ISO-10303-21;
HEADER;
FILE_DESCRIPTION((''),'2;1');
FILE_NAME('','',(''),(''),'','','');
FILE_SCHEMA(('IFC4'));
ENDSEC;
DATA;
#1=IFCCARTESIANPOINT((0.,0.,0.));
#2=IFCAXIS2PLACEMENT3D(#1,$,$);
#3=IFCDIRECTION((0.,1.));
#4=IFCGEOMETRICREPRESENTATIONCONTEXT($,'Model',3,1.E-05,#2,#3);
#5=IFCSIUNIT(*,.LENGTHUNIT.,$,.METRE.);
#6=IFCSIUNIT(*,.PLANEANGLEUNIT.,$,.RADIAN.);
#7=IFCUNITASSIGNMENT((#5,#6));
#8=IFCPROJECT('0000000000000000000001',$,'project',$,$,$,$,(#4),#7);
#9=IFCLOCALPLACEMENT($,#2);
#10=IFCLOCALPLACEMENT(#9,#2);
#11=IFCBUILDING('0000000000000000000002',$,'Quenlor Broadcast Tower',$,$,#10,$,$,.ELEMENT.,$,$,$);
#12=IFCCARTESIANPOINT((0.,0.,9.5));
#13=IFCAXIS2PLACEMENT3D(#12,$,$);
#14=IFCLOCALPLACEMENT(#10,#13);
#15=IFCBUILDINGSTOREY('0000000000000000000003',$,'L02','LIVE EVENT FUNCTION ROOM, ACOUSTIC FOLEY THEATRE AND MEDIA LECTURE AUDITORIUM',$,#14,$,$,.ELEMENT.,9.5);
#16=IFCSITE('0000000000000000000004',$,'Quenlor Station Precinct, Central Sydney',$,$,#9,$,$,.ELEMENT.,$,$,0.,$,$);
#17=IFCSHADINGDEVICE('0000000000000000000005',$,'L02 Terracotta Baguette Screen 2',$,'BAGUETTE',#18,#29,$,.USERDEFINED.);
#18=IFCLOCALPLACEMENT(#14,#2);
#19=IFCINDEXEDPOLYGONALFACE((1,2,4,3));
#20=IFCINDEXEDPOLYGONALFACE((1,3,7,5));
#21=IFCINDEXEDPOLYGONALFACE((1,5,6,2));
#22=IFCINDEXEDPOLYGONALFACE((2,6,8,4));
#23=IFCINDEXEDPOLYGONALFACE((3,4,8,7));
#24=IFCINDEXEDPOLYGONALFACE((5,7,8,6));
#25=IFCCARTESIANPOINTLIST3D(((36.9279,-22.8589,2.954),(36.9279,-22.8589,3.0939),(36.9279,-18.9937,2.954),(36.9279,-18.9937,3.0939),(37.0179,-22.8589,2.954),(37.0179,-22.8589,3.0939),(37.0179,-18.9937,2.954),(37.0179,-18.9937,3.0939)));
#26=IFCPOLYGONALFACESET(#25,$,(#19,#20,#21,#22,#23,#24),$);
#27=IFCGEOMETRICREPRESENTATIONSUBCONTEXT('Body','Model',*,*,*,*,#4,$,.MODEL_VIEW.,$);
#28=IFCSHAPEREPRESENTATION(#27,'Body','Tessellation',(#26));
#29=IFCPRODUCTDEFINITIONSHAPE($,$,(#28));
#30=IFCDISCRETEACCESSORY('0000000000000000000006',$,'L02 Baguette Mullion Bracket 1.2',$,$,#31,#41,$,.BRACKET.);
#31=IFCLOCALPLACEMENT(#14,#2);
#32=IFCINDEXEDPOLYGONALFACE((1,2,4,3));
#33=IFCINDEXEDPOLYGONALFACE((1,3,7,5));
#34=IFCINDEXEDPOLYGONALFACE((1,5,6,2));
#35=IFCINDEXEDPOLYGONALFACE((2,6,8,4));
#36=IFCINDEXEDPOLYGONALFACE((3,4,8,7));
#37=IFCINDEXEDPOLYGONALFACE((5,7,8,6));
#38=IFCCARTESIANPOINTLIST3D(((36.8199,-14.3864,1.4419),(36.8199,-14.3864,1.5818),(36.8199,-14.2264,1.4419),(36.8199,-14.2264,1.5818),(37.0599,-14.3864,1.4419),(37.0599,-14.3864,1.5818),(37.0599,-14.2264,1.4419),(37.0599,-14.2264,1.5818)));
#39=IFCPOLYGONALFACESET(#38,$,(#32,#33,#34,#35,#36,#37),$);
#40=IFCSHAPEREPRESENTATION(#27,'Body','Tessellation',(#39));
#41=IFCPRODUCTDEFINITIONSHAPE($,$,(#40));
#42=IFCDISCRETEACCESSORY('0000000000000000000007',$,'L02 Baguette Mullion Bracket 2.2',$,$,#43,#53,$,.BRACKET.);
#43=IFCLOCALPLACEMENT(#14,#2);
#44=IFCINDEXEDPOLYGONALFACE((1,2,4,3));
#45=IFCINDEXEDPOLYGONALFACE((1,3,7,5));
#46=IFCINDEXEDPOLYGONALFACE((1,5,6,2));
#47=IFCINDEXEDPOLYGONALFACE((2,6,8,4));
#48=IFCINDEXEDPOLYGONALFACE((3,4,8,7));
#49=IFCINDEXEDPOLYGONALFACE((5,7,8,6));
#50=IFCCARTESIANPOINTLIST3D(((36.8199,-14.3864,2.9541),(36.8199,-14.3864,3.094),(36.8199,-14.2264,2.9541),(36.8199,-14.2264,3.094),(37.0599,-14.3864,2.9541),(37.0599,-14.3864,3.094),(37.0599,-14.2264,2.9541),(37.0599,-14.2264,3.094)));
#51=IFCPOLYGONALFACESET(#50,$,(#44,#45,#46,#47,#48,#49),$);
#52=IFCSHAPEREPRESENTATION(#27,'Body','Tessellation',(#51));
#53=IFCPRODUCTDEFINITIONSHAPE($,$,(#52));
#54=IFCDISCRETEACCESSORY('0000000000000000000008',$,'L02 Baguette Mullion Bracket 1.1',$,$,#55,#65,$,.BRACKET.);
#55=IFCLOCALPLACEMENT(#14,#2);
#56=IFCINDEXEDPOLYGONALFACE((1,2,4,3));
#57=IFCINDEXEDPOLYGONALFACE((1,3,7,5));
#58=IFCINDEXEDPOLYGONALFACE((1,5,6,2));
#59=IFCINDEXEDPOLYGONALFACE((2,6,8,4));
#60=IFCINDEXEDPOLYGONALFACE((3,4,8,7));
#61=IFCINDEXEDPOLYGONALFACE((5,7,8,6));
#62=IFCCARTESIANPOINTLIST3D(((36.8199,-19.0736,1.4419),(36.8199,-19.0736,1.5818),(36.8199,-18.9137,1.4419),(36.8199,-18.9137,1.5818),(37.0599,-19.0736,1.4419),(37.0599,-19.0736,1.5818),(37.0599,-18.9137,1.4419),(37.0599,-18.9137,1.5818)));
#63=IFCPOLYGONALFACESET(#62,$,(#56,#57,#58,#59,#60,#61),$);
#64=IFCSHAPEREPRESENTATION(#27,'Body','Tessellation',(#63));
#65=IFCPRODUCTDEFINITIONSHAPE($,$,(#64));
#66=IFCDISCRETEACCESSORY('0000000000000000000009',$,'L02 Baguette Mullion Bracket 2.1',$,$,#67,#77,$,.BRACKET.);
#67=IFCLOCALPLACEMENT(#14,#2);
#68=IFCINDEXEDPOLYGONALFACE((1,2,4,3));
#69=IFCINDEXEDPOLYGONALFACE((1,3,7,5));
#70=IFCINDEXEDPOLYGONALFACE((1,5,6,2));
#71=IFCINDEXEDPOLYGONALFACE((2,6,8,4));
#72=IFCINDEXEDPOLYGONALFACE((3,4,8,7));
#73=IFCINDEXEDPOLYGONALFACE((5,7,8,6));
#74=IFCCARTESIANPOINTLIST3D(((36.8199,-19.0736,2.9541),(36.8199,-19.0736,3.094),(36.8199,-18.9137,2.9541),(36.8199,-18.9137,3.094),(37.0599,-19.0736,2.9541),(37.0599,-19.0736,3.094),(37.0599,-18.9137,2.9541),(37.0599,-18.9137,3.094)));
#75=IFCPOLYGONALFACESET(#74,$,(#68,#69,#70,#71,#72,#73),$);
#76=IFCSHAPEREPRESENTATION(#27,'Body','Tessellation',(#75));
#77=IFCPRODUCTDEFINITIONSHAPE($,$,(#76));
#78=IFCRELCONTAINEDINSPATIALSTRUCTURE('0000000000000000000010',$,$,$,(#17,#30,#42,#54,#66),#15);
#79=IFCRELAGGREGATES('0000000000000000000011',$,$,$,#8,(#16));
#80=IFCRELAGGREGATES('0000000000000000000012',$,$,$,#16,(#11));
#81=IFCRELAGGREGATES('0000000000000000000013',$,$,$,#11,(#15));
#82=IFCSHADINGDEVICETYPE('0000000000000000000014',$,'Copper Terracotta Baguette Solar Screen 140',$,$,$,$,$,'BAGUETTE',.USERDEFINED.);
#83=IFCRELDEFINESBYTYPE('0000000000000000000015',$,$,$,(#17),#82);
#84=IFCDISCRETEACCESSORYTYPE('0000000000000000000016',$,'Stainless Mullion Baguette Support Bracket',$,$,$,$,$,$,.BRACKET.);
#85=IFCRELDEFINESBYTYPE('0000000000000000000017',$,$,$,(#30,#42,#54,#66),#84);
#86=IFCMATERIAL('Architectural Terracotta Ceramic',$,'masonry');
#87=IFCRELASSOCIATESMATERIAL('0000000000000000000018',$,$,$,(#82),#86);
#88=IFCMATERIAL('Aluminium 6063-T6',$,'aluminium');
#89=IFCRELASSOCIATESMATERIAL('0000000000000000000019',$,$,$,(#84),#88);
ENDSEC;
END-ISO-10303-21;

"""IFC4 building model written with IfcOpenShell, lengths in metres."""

from ifc_helpers import new_model, si_unit, direction, frame, origin, origin_2d, place, context, subcontext, project, spatial, rectangle, extrude, material, material_profile, profile_set, type_object, element, save


model = new_model("IFC4")

# Units and contexts
model_context = context("Model", 3, precision=1e-05, world=origin(), true_north=direction((0.0, 1.0)))
body_context = subcontext(model_context, "Body", "Model", "MODEL_VIEW")
ifc_project = project(units=[si_unit("LENGTHUNIT", "METRE"), si_unit("PLANEANGLEUNIT", "RADIAN")], contexts=[model_context])

# Site, building, storey
site_placement = place(None, origin())
site = spatial("IfcSite", under=ifc_project, at=site_placement, Name="Quenlor Station Precinct, Central Sydney", CompositionType="ELEMENT", RefElevation=0.0)
building_placement = place(site_placement, origin())
building = spatial("IfcBuilding", under=site, at=building_placement, Name="Quenlor Broadcast Tower", CompositionType="ELEMENT")
storey_placement = place(building_placement, frame((0.0, 0.0, 9.5)))
storey = spatial("IfcBuildingStorey", under=building, at=storey_placement, Name="L02", Description="LIVE EVENT FUNCTION ROOM, ACOUSTIC FOLEY THEATRE AND MEDIA LECTURE AUDITORIUM", CompositionType="ELEMENT", Elevation=9.5)

# Shading device
ifc_material_1 = material(Name="Architectural Terracotta Ceramic", Category="masonry")
ifc_material_profile_1 = material_profile(ifc_material_1, rectangle(XDim=0.0901, YDim=0.1399, at=origin_2d()))
ifc_profile_set_1 = profile_set([ifc_material_profile_1], Name="Architectural Terracotta Ceramic BAG90x140")
shading_device_type = type_object("IfcShadingDeviceType", Name="Copper Terracotta Baguette Solar Screen 140", ElementType="BAGUETTE", PredefinedType="USERDEFINED", material=ifc_profile_set_1)
for number, where, z_axis, x_axis, name in (
    (1, (36.9729, -18.9937, 3.0239), (0.0, -1.0, 0.0), (1.0, 0.0, 0.0), "L02 Terracotta Baguette Screen 2"),
):
    element("IfcShadingDevice", number, at=place(storey_placement, frame(where, z_axis=z_axis, x_axis=x_axis)), inside=storey, type_object=shading_device_type, Name=name, ObjectType="BAGUETTE", PredefinedType="USERDEFINED", context=body_context, shape_type="SweptSolid", body=[
        extrude(rectangle(XDim=0.0901, YDim=0.1399, at=origin_2d()), origin(), (0.0, 0.0, 1.0), 3.8652),
    ])

# Discrete accessories
ifc_material_2 = material(Name="Aluminium 6063-T6", Category="aluminium")
discrete_accessory_type = type_object("IfcDiscreteAccessoryType", Name="Stainless Mullion Baguette Support Bracket", PredefinedType="BRACKET", material=ifc_material_2)
for number, where, z_axis, x_axis, name in (
    (2, (36.9399, -14.3064, 1.4419), (0.0, 0.0, 1.0), (0.0, -1.0, 0.0), "L02 Baguette Mullion Bracket 1.2"),
    (3, (36.9399, -14.3064, 2.9541), (0.0, 0.0, 1.0), (0.0, -1.0, 0.0), "L02 Baguette Mullion Bracket 2.2"),
    (4, (36.9399, -18.9937, 1.4419), (0.0, 0.0, 1.0), (0.0, -1.0, 0.0), "L02 Baguette Mullion Bracket 1.1"),
    (5, (36.9399, -18.9937, 2.9541), (0.0, 0.0, 1.0), (0.0, -1.0, 0.0), "L02 Baguette Mullion Bracket 2.1"),
):
    element("IfcDiscreteAccessory", number, at=place(storey_placement, frame(where, z_axis=z_axis, x_axis=x_axis)), inside=storey, type_object=discrete_accessory_type, Name=name, PredefinedType="BRACKET", context=body_context, shape_type="SweptSolid", body=[
        extrude(rectangle(XDim=0.1599, YDim=0.24, at=origin_2d()), origin(), (0.0, 0.0, 1.0), 0.1399),
    ])

save(model, "model.ifc")
